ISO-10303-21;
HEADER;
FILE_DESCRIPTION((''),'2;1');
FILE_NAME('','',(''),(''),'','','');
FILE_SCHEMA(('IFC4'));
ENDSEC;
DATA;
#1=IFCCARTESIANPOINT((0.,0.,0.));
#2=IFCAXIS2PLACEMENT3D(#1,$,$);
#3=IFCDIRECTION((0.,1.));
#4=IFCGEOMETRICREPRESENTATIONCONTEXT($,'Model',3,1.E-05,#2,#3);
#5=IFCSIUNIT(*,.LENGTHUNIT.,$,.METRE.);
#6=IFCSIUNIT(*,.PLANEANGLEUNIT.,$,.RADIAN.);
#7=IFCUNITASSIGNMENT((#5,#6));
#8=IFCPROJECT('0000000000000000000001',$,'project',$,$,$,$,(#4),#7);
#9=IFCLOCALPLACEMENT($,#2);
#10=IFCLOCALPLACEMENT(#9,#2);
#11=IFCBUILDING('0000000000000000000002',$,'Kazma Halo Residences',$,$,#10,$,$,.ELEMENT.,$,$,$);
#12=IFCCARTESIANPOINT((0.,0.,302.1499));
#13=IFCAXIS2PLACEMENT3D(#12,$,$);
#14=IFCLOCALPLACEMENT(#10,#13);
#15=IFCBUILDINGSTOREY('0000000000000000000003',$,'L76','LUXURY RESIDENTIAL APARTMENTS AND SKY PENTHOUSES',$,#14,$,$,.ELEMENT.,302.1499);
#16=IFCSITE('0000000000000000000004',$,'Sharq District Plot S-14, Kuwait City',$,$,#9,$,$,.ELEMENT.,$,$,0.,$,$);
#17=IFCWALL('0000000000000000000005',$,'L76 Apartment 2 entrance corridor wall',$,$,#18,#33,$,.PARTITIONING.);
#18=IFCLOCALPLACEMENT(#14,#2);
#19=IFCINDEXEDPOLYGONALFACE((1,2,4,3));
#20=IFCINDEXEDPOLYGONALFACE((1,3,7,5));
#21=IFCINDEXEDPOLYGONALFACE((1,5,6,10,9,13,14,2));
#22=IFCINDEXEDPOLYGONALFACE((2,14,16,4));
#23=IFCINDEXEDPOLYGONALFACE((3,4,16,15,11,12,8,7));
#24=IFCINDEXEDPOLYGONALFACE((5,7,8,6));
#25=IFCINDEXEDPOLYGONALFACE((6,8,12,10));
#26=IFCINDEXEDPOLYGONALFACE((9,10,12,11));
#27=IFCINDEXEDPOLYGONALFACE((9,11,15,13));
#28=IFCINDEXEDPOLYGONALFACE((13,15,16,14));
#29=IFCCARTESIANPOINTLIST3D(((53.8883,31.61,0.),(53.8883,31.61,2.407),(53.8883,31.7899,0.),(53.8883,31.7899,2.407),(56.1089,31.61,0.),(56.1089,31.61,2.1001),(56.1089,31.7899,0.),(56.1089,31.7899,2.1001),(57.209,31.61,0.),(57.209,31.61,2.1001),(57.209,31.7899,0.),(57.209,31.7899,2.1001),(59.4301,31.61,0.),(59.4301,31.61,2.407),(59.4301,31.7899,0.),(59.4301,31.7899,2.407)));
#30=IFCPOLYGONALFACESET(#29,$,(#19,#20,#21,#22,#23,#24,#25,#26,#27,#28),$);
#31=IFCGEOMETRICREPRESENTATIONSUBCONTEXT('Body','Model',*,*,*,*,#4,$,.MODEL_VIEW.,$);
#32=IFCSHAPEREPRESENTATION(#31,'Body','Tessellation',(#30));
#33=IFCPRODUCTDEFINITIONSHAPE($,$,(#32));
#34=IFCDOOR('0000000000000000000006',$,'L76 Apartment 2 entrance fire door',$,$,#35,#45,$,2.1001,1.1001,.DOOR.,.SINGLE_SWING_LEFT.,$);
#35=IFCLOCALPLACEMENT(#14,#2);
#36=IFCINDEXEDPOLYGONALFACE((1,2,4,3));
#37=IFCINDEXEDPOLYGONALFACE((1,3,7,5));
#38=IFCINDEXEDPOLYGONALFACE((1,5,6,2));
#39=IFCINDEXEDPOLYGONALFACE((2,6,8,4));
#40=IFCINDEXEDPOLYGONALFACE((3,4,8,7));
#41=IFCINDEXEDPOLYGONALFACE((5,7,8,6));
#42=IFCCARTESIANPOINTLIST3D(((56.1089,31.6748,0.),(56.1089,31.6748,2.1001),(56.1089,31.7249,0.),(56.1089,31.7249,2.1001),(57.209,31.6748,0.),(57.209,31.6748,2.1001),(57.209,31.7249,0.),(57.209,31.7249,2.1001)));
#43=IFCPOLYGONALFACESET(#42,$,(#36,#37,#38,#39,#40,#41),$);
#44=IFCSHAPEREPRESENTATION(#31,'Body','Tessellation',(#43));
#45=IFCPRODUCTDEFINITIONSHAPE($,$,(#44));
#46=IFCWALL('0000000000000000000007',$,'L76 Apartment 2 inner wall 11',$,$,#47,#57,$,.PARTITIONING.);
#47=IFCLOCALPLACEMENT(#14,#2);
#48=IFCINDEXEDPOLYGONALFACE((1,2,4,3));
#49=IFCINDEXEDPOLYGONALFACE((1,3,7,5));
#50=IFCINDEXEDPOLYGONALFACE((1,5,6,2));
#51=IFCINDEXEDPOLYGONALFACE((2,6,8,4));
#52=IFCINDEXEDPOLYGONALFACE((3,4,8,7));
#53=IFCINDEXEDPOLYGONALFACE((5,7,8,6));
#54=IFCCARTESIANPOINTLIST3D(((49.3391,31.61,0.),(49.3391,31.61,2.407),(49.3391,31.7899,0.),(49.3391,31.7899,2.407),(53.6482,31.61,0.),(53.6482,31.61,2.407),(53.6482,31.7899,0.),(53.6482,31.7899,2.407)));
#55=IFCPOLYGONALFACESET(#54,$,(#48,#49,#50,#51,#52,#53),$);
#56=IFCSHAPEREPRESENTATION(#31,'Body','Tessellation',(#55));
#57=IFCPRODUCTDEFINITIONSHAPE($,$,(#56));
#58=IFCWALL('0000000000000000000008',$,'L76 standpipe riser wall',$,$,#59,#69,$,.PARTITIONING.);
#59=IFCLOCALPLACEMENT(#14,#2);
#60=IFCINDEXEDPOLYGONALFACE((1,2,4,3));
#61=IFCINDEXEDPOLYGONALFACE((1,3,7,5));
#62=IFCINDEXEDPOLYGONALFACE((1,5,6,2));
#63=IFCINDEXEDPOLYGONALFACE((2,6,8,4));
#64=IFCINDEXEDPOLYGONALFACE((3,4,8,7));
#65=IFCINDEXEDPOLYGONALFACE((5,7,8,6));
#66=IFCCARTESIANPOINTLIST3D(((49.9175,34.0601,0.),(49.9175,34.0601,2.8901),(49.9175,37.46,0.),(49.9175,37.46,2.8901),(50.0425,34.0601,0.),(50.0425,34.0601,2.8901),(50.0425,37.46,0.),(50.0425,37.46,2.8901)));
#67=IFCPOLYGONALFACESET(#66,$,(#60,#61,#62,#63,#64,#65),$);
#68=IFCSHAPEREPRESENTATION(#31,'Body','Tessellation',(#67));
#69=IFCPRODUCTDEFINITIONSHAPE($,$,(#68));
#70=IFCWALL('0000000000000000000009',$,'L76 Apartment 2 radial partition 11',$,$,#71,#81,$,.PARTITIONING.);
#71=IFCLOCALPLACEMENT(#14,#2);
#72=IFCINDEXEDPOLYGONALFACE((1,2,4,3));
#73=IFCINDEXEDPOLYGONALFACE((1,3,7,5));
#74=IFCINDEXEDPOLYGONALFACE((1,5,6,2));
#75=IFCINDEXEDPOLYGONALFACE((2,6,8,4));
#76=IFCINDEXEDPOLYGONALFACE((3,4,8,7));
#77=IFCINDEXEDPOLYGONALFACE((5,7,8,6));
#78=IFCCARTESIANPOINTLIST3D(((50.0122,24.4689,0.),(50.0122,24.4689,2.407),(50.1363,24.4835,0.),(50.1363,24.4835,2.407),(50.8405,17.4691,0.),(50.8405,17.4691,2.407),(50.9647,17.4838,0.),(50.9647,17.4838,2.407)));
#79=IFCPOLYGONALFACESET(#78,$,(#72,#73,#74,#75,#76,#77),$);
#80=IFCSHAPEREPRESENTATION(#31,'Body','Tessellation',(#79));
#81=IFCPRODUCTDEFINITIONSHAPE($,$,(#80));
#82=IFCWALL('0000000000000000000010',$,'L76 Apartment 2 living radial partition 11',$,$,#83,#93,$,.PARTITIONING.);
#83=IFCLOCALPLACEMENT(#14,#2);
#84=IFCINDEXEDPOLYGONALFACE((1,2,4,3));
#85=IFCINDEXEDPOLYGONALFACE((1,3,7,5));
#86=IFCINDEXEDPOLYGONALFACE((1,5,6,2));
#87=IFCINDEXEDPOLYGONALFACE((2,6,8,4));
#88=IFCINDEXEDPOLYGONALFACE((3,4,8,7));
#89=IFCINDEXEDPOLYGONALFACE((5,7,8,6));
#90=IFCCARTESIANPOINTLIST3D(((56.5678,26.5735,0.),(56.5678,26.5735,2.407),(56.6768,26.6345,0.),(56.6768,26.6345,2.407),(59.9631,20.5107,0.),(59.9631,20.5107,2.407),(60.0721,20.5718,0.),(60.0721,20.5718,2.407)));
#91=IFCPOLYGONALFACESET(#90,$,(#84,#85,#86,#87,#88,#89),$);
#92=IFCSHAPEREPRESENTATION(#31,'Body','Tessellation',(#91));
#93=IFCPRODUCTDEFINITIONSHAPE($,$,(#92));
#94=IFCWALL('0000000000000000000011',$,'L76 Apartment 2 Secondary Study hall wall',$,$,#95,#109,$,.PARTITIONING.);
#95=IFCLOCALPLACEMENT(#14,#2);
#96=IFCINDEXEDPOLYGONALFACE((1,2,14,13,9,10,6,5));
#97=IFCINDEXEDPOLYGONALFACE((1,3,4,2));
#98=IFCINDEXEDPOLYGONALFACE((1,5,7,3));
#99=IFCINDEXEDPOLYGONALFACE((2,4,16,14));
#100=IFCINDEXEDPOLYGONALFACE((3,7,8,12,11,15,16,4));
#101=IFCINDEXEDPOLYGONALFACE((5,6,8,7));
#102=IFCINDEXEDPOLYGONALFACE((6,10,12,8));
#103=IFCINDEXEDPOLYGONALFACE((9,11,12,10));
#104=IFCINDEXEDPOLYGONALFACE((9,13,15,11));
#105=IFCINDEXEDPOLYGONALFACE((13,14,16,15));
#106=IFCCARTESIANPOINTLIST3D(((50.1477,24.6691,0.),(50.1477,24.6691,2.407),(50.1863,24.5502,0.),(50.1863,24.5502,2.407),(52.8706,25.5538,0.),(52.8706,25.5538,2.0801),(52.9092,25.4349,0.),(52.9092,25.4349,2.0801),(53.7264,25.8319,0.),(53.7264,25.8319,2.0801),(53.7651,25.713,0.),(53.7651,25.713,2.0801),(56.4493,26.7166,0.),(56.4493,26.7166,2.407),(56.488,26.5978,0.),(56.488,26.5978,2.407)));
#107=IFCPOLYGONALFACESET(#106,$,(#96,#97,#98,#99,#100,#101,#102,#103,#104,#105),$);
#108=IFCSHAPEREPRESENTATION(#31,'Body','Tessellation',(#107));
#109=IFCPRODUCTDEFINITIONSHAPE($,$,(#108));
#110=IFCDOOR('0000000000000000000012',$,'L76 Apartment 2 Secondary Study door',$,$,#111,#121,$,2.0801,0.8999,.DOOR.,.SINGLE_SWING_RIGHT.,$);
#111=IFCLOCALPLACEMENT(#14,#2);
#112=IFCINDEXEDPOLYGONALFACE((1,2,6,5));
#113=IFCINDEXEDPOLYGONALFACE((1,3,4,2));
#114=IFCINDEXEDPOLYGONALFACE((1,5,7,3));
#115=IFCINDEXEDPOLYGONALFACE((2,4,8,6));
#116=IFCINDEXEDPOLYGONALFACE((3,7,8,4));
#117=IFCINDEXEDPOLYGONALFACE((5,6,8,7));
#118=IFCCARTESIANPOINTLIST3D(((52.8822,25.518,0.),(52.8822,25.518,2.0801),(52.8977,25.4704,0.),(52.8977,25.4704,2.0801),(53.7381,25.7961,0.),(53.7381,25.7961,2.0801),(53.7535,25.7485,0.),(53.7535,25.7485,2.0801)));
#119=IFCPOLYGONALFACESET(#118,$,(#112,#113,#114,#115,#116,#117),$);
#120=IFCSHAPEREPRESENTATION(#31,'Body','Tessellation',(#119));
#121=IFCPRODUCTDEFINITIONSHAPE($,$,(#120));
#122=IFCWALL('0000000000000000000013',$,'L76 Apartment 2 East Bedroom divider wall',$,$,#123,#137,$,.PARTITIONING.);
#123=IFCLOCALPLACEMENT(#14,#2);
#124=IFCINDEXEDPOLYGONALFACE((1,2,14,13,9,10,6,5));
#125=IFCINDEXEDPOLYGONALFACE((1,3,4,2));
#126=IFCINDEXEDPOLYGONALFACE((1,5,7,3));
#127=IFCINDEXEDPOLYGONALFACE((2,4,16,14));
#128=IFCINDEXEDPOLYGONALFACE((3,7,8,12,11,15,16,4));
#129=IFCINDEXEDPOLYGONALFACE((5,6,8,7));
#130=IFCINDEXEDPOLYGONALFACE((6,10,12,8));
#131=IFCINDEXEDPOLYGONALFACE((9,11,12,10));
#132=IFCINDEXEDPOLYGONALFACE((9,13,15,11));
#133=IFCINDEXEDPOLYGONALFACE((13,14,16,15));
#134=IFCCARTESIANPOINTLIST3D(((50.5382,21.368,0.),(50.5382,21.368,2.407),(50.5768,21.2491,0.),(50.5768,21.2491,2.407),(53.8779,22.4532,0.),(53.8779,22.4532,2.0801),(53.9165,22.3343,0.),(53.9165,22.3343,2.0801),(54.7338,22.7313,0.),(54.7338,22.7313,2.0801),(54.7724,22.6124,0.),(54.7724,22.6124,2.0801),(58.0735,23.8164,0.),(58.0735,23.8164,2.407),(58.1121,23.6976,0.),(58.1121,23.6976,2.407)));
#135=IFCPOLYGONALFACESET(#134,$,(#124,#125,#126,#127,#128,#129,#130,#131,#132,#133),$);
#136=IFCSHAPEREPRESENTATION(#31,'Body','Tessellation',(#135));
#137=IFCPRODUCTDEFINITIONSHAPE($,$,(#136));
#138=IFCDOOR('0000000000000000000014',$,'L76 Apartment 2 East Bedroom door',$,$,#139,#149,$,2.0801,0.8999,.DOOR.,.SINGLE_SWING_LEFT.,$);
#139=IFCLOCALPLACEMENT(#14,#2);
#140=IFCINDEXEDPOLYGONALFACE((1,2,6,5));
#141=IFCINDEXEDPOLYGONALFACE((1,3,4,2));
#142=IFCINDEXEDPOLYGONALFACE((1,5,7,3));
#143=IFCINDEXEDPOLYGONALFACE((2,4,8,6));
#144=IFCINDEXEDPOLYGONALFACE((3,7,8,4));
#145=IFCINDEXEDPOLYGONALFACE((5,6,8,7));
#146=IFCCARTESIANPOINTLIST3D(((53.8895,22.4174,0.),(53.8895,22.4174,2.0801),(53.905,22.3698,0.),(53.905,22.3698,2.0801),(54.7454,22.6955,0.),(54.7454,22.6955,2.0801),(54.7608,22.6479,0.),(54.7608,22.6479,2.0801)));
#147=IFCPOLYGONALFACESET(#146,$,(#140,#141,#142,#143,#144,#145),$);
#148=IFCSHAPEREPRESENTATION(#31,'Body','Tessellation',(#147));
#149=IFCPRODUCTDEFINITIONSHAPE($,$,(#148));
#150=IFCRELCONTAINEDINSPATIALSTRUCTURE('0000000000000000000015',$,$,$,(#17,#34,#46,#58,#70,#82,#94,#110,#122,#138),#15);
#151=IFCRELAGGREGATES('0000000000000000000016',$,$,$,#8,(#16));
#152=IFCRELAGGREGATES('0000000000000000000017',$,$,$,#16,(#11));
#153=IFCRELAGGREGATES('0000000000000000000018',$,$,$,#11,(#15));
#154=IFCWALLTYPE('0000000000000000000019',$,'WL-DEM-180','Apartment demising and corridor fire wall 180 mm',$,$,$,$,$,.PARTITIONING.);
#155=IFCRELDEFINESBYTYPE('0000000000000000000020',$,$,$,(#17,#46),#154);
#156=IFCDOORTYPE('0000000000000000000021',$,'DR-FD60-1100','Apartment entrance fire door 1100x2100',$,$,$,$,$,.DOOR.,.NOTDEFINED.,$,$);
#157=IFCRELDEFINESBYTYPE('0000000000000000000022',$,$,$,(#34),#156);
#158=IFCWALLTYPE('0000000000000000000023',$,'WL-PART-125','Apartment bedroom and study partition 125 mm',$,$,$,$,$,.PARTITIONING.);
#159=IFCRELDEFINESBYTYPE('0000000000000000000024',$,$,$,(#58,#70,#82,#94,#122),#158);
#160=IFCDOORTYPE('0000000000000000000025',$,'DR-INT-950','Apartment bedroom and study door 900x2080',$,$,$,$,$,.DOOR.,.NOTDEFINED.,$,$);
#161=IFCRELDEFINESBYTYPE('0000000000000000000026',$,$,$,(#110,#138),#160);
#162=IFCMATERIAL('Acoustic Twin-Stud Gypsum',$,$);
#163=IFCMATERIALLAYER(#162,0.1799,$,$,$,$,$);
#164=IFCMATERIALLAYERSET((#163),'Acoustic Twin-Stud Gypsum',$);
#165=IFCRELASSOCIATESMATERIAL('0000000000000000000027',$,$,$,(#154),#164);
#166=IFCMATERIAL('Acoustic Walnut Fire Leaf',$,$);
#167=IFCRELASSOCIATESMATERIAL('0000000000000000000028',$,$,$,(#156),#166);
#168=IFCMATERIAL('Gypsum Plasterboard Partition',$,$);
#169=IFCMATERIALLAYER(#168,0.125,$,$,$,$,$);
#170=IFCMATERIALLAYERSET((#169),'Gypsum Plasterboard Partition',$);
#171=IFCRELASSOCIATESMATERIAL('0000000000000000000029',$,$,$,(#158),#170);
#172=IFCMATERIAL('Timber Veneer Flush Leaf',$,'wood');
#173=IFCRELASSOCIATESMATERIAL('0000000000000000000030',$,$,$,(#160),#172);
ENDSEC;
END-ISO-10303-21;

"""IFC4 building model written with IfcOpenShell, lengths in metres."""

from ifc_helpers import new_model, si_unit, direction, frame, frame_2d, origin, place, context, subcontext, project, spatial, rectangle, extrude, material, layer, layer_set, type_object, element, fill, save


model = new_model("IFC4")

# Units and contexts
model_context = context("Model", 3, precision=1e-05, world=origin(), true_north=direction((0.0, 1.0)))
body_context = subcontext(model_context, "Body", "Model", "MODEL_VIEW")
ifc_project = project(units=[si_unit("LENGTHUNIT", "METRE"), si_unit("PLANEANGLEUNIT", "RADIAN")], contexts=[model_context])

# Site, building, storey
site_placement = place(None, origin())
site = spatial("IfcSite", under=ifc_project, at=site_placement, Name="Sharq District Plot S-14, Kuwait City", CompositionType="ELEMENT", RefElevation=0.0)
building_placement = place(site_placement, origin())
building = spatial("IfcBuilding", under=site, at=building_placement, Name="Kazma Halo Residences", CompositionType="ELEMENT")
storey_placement = place(building_placement, frame((0.0, 0.0, 302.1499)))
storey = spatial("IfcBuildingStorey", under=building, at=storey_placement, Name="L76", Description="LUXURY RESIDENTIAL APARTMENTS AND SKY PENTHOUSES", CompositionType="ELEMENT", Elevation=302.1499)

# Wall, opening, door
ifc_material_1 = material(Name="Acoustic Twin-Stud Gypsum")
ifc_layer_1 = layer(ifc_material_1, 0.1799)
ifc_layer_set_1 = layer_set([ifc_layer_1], Name="Acoustic Twin-Stud Gypsum")
wall_type_1 = type_object("IfcWallType", Name="WL-DEM-180", Description="Apartment demising and corridor fire wall 180 mm", PredefinedType="PARTITIONING", material=ifc_layer_set_1)
wall_1_placement = place(storey_placement, frame((53.8882, 31.7, 0.0), z_axis=(0.0, 0.0, 1.0), x_axis=(1.0, 0.0, 0.0)))
wall_1 = element("IfcWall", 1, at=wall_1_placement, inside=storey, type_object=wall_type_1, Name="L76 Apartment 2 entrance corridor wall", PredefinedType="PARTITIONING", context=body_context, shape_type="SweptSolid", body=[
    extrude(rectangle(XDim=5.5417, YDim=0.1799, at=frame_2d((2.771, 0.0))), origin(), (0.0, 0.0, 1.0), 2.407),
])
opening_1_placement = place(wall_1_placement, frame((2.2207, 0.0, 0.0)))
opening_1 = element("IfcOpeningElement", 2, at=opening_1_placement, cuts=wall_1, PredefinedType="OPENING", context=body_context, shape_type="SweptSolid", body=[
    extrude(rectangle(XDim=1.1001, YDim=2.1001, at=frame_2d((0.55, 1.05))), frame((0.0, 0.0999, 0.0), z_axis=(0.0, -1.0, 0.0), x_axis=(1.0, 0.0, 0.0)), (0.0, 0.0, 1.0), 0.2),
])
ifc_material_2 = material(Name="Acoustic Walnut Fire Leaf")
door_type_1 = type_object("IfcDoorType", Name="DR-FD60-1100", Description="Apartment entrance fire door 1100x2100", OperationType="NOTDEFINED", PredefinedType="DOOR", material=ifc_material_2)
door_1_placement = place(opening_1_placement, origin())
door_1 = element("IfcDoor", 3, at=door_1_placement, inside=storey, type_object=door_type_1, Name="L76 Apartment 2 entrance fire door", OperationType="SINGLE_SWING_LEFT", OverallHeight=2.1001, OverallWidth=1.1001, PredefinedType="DOOR", context=body_context, shape_type="SweptSolid", body=[
    extrude(rectangle(XDim=1.1001, YDim=2.1001, at=frame_2d((0.55, 1.05))), frame((0.0, 0.0249, 0.0), z_axis=(0.0, -1.0, 0.0), x_axis=(1.0, 0.0, 0.0)), (0.0, 0.0, 1.0), 0.05),
])
fill(opening_1, door_1)

# Wall
wall_2_placement = place(storey_placement, frame((49.3391, 31.7, 0.0), z_axis=(0.0, 0.0, 1.0), x_axis=(1.0, 0.0, 0.0)))
element("IfcWall", 4, at=wall_2_placement, inside=storey, type_object=wall_type_1, Name="L76 Apartment 2 inner wall 11", PredefinedType="PARTITIONING", context=body_context, shape_type="SweptSolid", body=[
    extrude(rectangle(XDim=4.3091, YDim=0.1799, at=frame_2d((2.1545, 0.0))), origin(), (0.0, 0.0, 1.0), 2.407),
])

# Walls
ifc_material_3 = material(Name="Gypsum Plasterboard Partition")
ifc_layer_2 = layer(ifc_material_3, 0.125)
ifc_layer_set_2 = layer_set([ifc_layer_2], Name="Gypsum Plasterboard Partition")
wall_type_2 = type_object("IfcWallType", Name="WL-PART-125", Description="Apartment bedroom and study partition 125 mm", PredefinedType="PARTITIONING", material=ifc_layer_set_2)
wall_3_placement = place(storey_placement, frame((49.98, 34.0601, 0.0), z_axis=(0.0, 0.0, 1.0), x_axis=(0.0, 1.0, 0.0)))
element("IfcWall", 5, at=wall_3_placement, inside=storey, type_object=wall_type_2, Name="L76 standpipe riser wall", PredefinedType="PARTITIONING", context=body_context, shape_type="SweptSolid", body=[
    extrude(rectangle(XDim=3.3999, YDim=0.125, at=frame_2d((1.7, 0.0))), origin(), (0.0, 0.0, 1.0), 2.8901),
])
wall_4_placement = place(storey_placement, frame((50.0742, 24.4763, 0.0), z_axis=(0.0, 0.0, 1.0), x_axis=(0.117522, -0.99307, 0.0)))
element("IfcWall", 6, at=wall_4_placement, inside=storey, type_object=wall_type_2, Name="L76 Apartment 2 radial partition 11", PredefinedType="PARTITIONING", context=body_context, shape_type="SweptSolid", body=[
    extrude(rectangle(XDim=7.0486, YDim=0.125, at=frame_2d((3.5244, 0.0))), origin(), (0.0, 0.0, 1.0), 2.407),
])
wall_5_placement = place(storey_placement, frame((56.6223, 26.604, 0.0), z_axis=(0.0, 0.0, 1.0), x_axis=(0.488617, -0.872498, 0.0)))
element("IfcWall", 7, at=wall_5_placement, inside=storey, type_object=wall_type_2, Name="L76 Apartment 2 living radial partition 11", PredefinedType="PARTITIONING", context=body_context, shape_type="SweptSolid", body=[
    extrude(rectangle(XDim=6.9487, YDim=0.125, at=frame_2d((3.4744, 0.0))), origin(), (0.0, 0.0, 1.0), 2.407),
])

# Walls, openings, doors
wall_6_placement = place(storey_placement, frame((50.167, 24.6096, 0.0), z_axis=(0.0, 0.0, 1.0), x_axis=(0.951055, 0.309023, 0.0)))
wall_6 = element("IfcWall", 8, at=wall_6_placement, inside=storey, type_object=wall_type_2, Name="L76 Apartment 2 Secondary Study hall wall", PredefinedType="PARTITIONING", context=body_context, shape_type="SweptSolid", body=[
    extrude(rectangle(XDim=6.626, YDim=0.125, at=frame_2d((3.313, 0.0))), origin(), (0.0, 0.0, 1.0), 2.407),
])
opening_2_placement = place(wall_6_placement, frame((2.863, 0.0, 0.0)))
opening_2 = element("IfcOpeningElement", 9, at=opening_2_placement, cuts=wall_6, PredefinedType="OPENING", context=body_context, shape_type="SweptSolid", body=[
    extrude(rectangle(XDim=0.8999, YDim=2.0801, at=frame_2d((0.45, 1.04))), frame((0.0, 0.0725, 0.0), z_axis=(0.0, -1.0, 0.0), x_axis=(1.0, 0.0, 0.0)), (0.0, 0.0, 1.0), 0.145),
])
ifc_material_4 = material(Name="Timber Veneer Flush Leaf", Category="wood")
door_type_2 = type_object("IfcDoorType", Name="DR-INT-950", Description="Apartment bedroom and study door 900x2080", OperationType="NOTDEFINED", PredefinedType="DOOR", material=ifc_material_4)
door_2_placement = place(opening_2_placement, origin())
door_2 = element("IfcDoor", 10, at=door_2_placement, inside=storey, type_object=door_type_2, Name="L76 Apartment 2 Secondary Study door", OperationType="SINGLE_SWING_RIGHT", OverallHeight=2.0801, OverallWidth=0.8999, PredefinedType="DOOR", context=body_context, shape_type="SweptSolid", body=[
    extrude(rectangle(XDim=0.8999, YDim=2.0801, at=frame_2d((0.45, 1.04))), frame((0.0, 0.0249, 0.0), z_axis=(0.0, -1.0, 0.0), x_axis=(1.0, 0.0, 0.0)), (0.0, 0.0, 1.0), 0.05),
])
fill(opening_2, door_2)
wall_7_placement = place(storey_placement, frame((50.5576, 21.3086, 0.0), z_axis=(0.0, 0.0, 1.0), x_axis=(0.951053, 0.309027, 0.0)))
wall_7 = element("IfcWall", 11, at=wall_7_placement, inside=storey, type_object=wall_type_2, Name="L76 Apartment 2 East Bedroom divider wall", PredefinedType="PARTITIONING", context=body_context, shape_type="SweptSolid", body=[
    extrude(rectangle(XDim=7.9231, YDim=0.125, at=frame_2d((3.9614, 0.0))), origin(), (0.0, 0.0, 1.0), 2.407),
])
opening_3_placement = place(wall_7_placement, frame((3.5115, 0.0, 0.0)))
opening_3 = element("IfcOpeningElement", 12, at=opening_3_placement, cuts=wall_7, PredefinedType="OPENING", context=body_context, shape_type="SweptSolid", body=[
    extrude(rectangle(XDim=0.8999, YDim=2.0801, at=frame_2d((0.45, 1.04))), frame((0.0, 0.0725, 0.0), z_axis=(0.0, -1.0, 0.0), x_axis=(1.0, 0.0, 0.0)), (0.0, 0.0, 1.0), 0.145),
])
door_3_placement = place(opening_3_placement, origin())
door_3 = element("IfcDoor", 13, at=door_3_placement, inside=storey, type_object=door_type_2, Name="L76 Apartment 2 East Bedroom door", OperationType="SINGLE_SWING_LEFT", OverallHeight=2.0801, OverallWidth=0.8999, PredefinedType="DOOR", context=body_context, shape_type="SweptSolid", body=[
    extrude(rectangle(XDim=0.8999, YDim=2.0801, at=frame_2d((0.45, 1.04))), frame((0.0, 0.0249, 0.0), z_axis=(0.0, -1.0, 0.0), x_axis=(1.0, 0.0, 0.0)), (0.0, 0.0, 1.0), 0.05),
])
fill(opening_3, door_3)

save(model, "model.ifc")
